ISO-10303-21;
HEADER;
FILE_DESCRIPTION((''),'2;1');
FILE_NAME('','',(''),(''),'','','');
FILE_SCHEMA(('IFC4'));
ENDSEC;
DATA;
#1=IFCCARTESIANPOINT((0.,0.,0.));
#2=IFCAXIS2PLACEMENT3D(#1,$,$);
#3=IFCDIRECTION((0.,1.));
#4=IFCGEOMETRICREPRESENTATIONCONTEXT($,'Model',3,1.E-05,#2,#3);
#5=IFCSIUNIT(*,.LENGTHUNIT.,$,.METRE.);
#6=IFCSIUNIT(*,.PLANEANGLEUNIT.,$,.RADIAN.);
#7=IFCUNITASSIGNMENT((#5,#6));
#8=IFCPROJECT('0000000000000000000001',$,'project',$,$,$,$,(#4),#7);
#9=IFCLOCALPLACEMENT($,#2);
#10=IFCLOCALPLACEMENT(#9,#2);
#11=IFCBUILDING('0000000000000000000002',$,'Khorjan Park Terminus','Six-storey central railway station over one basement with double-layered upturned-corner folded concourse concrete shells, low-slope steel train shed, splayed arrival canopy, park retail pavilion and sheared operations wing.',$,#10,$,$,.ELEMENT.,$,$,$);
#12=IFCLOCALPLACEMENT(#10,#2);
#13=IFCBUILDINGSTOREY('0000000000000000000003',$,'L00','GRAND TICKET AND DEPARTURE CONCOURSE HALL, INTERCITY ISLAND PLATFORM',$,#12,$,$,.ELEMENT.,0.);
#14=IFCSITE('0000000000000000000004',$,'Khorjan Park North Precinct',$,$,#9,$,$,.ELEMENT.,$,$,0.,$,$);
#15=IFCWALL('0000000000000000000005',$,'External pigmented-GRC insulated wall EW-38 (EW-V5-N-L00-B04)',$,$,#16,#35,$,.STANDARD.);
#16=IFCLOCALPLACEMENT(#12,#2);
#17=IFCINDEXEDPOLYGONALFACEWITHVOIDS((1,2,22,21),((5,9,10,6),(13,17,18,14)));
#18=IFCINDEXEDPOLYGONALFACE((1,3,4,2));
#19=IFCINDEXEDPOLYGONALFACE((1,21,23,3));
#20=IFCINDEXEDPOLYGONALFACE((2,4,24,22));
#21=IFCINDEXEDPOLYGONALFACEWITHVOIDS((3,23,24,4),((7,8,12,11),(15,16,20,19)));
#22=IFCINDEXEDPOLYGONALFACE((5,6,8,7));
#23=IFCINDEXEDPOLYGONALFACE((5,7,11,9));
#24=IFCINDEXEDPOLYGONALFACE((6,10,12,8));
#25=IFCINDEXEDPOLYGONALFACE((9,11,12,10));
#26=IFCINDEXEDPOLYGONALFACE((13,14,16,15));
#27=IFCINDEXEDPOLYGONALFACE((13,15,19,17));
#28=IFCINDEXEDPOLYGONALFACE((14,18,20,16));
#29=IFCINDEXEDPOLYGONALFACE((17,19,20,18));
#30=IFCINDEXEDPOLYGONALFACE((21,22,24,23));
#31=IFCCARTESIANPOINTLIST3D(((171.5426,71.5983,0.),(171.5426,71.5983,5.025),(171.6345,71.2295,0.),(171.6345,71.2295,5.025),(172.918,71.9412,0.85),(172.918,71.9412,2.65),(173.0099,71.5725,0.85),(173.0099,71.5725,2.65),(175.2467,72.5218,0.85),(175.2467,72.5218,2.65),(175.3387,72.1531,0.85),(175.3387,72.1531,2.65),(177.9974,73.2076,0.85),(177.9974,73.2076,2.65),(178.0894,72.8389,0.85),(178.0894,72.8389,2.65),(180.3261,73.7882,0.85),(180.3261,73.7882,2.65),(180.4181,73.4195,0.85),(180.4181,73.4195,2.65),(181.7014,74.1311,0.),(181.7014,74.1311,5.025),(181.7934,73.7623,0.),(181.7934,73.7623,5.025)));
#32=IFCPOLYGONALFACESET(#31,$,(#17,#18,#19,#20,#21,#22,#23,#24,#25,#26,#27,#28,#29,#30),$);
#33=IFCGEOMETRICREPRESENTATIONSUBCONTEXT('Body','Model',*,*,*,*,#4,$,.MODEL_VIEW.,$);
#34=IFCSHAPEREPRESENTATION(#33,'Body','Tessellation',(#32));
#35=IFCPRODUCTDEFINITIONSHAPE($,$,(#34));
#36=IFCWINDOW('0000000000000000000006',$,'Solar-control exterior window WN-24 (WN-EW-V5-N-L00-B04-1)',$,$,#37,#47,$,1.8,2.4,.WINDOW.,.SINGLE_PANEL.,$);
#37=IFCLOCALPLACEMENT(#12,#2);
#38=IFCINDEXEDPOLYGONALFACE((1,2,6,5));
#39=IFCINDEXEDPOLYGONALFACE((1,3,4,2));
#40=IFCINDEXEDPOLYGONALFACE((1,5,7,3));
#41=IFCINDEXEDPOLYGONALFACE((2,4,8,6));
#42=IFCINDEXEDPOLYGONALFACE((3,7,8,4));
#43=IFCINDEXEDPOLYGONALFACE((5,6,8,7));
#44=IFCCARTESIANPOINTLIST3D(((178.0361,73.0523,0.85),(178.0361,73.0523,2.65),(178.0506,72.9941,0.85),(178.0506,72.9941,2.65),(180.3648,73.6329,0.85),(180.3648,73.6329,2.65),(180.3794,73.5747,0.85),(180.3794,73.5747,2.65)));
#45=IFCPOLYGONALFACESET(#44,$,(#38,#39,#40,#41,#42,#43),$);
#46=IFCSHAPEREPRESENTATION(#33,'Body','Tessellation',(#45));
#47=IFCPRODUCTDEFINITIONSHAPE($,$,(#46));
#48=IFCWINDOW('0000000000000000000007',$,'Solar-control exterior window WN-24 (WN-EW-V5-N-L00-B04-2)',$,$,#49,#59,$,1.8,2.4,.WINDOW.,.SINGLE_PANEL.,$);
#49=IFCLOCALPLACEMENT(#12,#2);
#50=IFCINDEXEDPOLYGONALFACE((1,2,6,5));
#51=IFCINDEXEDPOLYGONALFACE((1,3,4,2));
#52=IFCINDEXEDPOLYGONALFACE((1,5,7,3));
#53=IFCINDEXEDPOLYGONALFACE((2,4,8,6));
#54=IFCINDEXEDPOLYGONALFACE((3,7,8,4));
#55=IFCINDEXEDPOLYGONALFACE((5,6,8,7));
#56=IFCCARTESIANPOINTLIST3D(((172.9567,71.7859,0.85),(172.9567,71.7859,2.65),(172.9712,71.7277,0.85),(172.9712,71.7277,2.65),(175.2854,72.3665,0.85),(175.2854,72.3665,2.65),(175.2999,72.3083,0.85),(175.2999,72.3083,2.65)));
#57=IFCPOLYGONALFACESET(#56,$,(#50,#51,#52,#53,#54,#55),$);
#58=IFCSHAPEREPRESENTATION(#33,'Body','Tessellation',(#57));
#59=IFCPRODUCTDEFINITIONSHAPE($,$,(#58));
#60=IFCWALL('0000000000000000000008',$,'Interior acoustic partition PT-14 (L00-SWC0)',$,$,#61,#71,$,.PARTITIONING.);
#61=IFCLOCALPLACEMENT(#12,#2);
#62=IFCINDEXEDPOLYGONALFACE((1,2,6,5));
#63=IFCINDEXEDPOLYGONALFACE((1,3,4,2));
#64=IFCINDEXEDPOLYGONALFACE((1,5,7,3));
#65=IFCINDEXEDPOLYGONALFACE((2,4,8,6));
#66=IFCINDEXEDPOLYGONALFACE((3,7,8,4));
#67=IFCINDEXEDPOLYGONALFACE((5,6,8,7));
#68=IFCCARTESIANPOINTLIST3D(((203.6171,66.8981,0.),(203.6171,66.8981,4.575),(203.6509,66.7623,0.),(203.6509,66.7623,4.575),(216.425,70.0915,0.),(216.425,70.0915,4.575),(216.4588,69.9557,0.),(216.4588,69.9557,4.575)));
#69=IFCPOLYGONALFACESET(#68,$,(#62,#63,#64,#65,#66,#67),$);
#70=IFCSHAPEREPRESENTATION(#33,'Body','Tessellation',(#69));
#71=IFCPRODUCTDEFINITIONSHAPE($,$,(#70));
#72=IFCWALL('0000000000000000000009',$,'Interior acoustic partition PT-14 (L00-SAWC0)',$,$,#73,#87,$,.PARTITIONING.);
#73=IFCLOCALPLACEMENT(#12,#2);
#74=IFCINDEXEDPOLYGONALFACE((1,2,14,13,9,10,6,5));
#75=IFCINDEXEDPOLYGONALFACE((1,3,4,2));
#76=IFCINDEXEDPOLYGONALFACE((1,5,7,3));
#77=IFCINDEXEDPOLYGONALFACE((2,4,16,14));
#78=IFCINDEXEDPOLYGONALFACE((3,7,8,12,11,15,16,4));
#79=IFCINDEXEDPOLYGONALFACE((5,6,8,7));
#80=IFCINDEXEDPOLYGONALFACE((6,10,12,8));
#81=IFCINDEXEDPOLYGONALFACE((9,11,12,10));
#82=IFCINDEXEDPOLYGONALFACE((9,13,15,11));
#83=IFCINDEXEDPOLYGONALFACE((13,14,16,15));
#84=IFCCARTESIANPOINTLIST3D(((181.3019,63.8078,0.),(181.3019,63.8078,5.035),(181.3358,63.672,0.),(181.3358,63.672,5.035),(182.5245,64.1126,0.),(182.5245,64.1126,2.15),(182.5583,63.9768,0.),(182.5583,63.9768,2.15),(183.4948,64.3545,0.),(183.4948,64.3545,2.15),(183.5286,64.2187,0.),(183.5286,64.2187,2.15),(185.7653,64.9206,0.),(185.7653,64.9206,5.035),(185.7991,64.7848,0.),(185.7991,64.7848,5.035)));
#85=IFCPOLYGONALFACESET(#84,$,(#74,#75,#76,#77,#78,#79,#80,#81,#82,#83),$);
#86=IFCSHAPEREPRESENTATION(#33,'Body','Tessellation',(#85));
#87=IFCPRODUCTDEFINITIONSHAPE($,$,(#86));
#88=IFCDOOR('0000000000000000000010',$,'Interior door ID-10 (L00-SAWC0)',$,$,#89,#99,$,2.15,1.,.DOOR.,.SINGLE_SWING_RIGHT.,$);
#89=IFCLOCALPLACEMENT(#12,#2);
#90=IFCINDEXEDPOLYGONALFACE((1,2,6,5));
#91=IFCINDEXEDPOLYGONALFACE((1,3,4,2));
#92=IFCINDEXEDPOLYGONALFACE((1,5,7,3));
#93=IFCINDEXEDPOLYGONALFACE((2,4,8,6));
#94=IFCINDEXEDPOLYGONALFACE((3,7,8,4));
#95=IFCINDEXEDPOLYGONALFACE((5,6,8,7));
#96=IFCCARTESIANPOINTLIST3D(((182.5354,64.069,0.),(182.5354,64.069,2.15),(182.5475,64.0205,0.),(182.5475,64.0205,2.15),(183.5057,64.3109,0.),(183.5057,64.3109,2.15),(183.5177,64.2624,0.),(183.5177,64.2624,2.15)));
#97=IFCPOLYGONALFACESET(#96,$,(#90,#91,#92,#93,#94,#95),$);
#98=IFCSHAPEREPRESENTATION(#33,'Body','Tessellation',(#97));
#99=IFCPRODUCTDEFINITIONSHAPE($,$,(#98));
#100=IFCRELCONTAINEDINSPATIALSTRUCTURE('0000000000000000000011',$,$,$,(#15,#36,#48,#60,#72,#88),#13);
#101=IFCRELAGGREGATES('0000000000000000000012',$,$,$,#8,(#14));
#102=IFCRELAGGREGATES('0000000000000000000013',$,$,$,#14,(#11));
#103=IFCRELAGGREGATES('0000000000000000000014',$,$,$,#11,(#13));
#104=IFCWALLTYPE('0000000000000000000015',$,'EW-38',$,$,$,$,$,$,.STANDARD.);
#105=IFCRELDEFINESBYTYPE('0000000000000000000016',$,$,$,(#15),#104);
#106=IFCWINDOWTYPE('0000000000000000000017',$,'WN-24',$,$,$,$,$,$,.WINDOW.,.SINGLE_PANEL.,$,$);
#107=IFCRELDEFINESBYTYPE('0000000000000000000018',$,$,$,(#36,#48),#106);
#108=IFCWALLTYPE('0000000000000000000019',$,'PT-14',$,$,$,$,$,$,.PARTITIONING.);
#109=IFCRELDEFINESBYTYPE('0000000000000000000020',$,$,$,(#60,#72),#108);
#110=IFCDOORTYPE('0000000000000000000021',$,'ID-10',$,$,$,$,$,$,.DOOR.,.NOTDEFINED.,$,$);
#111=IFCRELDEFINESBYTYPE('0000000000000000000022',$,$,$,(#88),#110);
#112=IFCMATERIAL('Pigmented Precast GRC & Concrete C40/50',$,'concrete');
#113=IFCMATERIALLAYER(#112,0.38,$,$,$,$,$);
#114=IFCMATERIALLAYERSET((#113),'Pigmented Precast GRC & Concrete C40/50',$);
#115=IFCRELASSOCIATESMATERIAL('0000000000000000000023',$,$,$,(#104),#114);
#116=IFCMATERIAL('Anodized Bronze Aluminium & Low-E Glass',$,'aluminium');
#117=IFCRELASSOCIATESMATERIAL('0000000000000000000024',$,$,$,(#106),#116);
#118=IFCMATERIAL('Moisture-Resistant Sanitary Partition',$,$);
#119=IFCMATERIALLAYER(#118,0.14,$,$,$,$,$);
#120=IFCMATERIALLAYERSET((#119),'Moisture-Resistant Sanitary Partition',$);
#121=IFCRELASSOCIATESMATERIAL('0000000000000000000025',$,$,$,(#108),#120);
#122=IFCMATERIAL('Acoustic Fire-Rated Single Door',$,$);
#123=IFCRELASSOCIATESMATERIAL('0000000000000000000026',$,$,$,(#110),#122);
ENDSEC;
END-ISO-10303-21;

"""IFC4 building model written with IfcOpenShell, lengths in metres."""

from ifc_helpers import new_model, si_unit, direction, frame, frame_2d, origin, place, context, subcontext, project, spatial, rectangle, extrude, material, layer, layer_set, type_object, element, fill, save


model = new_model("IFC4")

# Units and contexts
model_context = context("Model", 3, precision=1e-05, world=origin(), true_north=direction((0.0, 1.0)))
body_context = subcontext(model_context, "Body", "Model", "MODEL_VIEW")
ifc_project = project(units=[si_unit("LENGTHUNIT", "METRE"), si_unit("PLANEANGLEUNIT", "RADIAN")], contexts=[model_context])

# Site, building, storey
site_placement = place(None, origin())
site = spatial("IfcSite", under=ifc_project, at=site_placement, Name="Khorjan Park North Precinct", CompositionType="ELEMENT", RefElevation=0.0)
building_placement = place(site_placement, origin())
building = spatial("IfcBuilding", under=site, at=building_placement, Name="Khorjan Park Terminus", Description="Six-storey central railway station over one basement with double-layered upturned-corner folded concourse concrete shells, low-slope steel train shed, splayed arrival canopy, park retail pavilion and sheared operations wing.", CompositionType="ELEMENT")
storey_placement = place(building_placement, origin())
storey = spatial("IfcBuildingStorey", under=building, at=storey_placement, Name="L00", Description="GRAND TICKET AND DEPARTURE CONCOURSE HALL, INTERCITY ISLAND PLATFORM", CompositionType="ELEMENT", Elevation=0.0)

# Wall, openings, windows
ifc_material_1 = material(Name="Pigmented Precast GRC & Concrete C40/50", Category="concrete")
ifc_layer_1 = layer(ifc_material_1, 0.38)
ifc_layer_set_1 = layer_set([ifc_layer_1], Name="Pigmented Precast GRC & Concrete C40/50")
wall_type_1 = type_object("IfcWallType", Name="EW-38", PredefinedType="STANDARD", material=ifc_layer_set_1)
ifc_material_2 = material(Name="Anodized Bronze Aluminium & Low-E Glass", Category="aluminium")
window_type = type_object("IfcWindowType", Name="WN-24", PartitioningType="SINGLE_PANEL", PredefinedType="WINDOW", material=ifc_material_2)
wall_1_placement = place(storey_placement, frame((181.7474, 73.9467, 0.0), z_axis=(0.0, 0.0, 1.0), x_axis=(-0.970297, -0.241915, 0.0)))
wall_1 = element("IfcWall", 1, at=wall_1_placement, inside=storey, type_object=wall_type_1, Name="External pigmented-GRC insulated wall EW-38 (EW-V5-N-L00-B04)", PredefinedType="STANDARD", context=body_context, shape_type="SweptSolid", body=[
    extrude(rectangle(XDim=10.4698, YDim=0.38, at=frame_2d((5.2349, 0.0))), origin(), (0.0, 0.0, 1.0), 5.025),
])
opening_1_placement = place(wall_1_placement, frame((1.4174, 0.0, 0.85)))
opening_1 = element("IfcOpeningElement", 2, at=opening_1_placement, cuts=wall_1, PredefinedType="OPENING", context=body_context, shape_type="SweptSolid", body=[
    extrude(rectangle(XDim=2.4, YDim=1.8, at=frame_2d((1.2, 0.9))), frame((0.0, 0.2, 0.0), z_axis=(0.0, -1.0, 0.0), x_axis=(1.0, 0.0, 0.0)), (0.0, 0.0, 1.0), 0.4),
])
opening_2_placement = place(wall_1_placement, frame((6.6523, 0.0, 0.85)))
opening_2 = element("IfcOpeningElement", 3, at=opening_2_placement, cuts=wall_1, PredefinedType="OPENING", context=body_context, shape_type="SweptSolid", body=[
    extrude(rectangle(XDim=2.4, YDim=1.8, at=frame_2d((1.2, 0.9))), frame((0.0, 0.2, 0.0), z_axis=(0.0, -1.0, 0.0), x_axis=(1.0, 0.0, 0.0)), (0.0, 0.0, 1.0), 0.4),
])
window_1_placement = place(opening_1_placement, origin())
window_1 = element("IfcWindow", 4, at=window_1_placement, inside=storey, type_object=window_type, Name="Solar-control exterior window WN-24 (WN-EW-V5-N-L00-B04-1)", OverallHeight=1.8, OverallWidth=2.4, PartitioningType="SINGLE_PANEL", PredefinedType="WINDOW", context=body_context, shape_type="SweptSolid", body=[
    extrude(rectangle(XDim=2.4, YDim=1.8, at=frame_2d((1.2, 0.9))), frame((0.0, 0.03, 0.0), z_axis=(0.0, -1.0, 0.0), x_axis=(1.0, 0.0, 0.0)), (0.0, 0.0, 1.0), 0.06),
])
fill(opening_1, window_1)
window_2_placement = place(opening_2_placement, origin())
window_2 = element("IfcWindow", 5, at=window_2_placement, inside=storey, type_object=window_type, Name="Solar-control exterior window WN-24 (WN-EW-V5-N-L00-B04-2)", OverallHeight=1.8, OverallWidth=2.4, PartitioningType="SINGLE_PANEL", PredefinedType="WINDOW", context=body_context, shape_type="SweptSolid", body=[
    extrude(rectangle(XDim=2.4, YDim=1.8, at=frame_2d((1.2, 0.9))), frame((0.0, 0.03, 0.0), z_axis=(0.0, -1.0, 0.0), x_axis=(1.0, 0.0, 0.0)), (0.0, 0.0, 1.0), 0.06),
])
fill(opening_2, window_2)

# Wall
ifc_material_3 = material(Name="Moisture-Resistant Sanitary Partition")
ifc_layer_2 = layer(ifc_material_3, 0.14)
ifc_layer_set_2 = layer_set([ifc_layer_2], Name="Moisture-Resistant Sanitary Partition")
wall_type_2 = type_object("IfcWallType", Name="PT-14", PredefinedType="PARTITIONING", material=ifc_layer_set_2)
wall_2_placement = place(storey_placement, frame((203.634, 66.8302, 0.0), z_axis=(0.0, 0.0, 1.0), x_axis=(0.970295, 0.241924, 0.0)))
element("IfcWall", 6, at=wall_2_placement, inside=storey, type_object=wall_type_2, Name="Interior acoustic partition PT-14 (L00-SWC0)", PredefinedType="PARTITIONING", context=body_context, shape_type="SweptSolid", body=[
    extrude(rectangle(XDim=13.2, YDim=0.14, at=frame_2d((6.6, 0.0))), origin(), (0.0, 0.0, 1.0), 4.575),
])

# Wall, opening, door
wall_3_placement = place(storey_placement, frame((185.7822, 64.8527, 0.0), z_axis=(0.0, 0.0, 1.0), x_axis=(-0.970298, -0.241912, 0.0)))
wall_3 = element("IfcWall", 7, at=wall_3_placement, inside=storey, type_object=wall_type_2, Name="Interior acoustic partition PT-14 (L00-SAWC0)", PredefinedType="PARTITIONING", context=body_context, shape_type="SweptSolid", body=[
    extrude(rectangle(XDim=4.6, YDim=0.14, at=frame_2d((2.3, 0.0))), origin(), (0.0, 0.0, 1.0), 5.035),
])
opening_3_placement = place(wall_3_placement, frame((2.34, 0.0, 0.0)))
opening_3 = element("IfcOpeningElement", 8, at=opening_3_placement, cuts=wall_3, PredefinedType="OPENING", context=body_context, shape_type="SweptSolid", body=[
    extrude(rectangle(XDim=1.0, YDim=2.15, at=frame_2d((0.5, 1.075))), frame((0.0, 0.08, 0.0), z_axis=(0.0, -1.0, 0.0), x_axis=(1.0, 0.0, 0.0)), (0.0, 0.0, 1.0), 0.16),
])
ifc_material_4 = material(Name="Acoustic Fire-Rated Single Door")
door_type = type_object("IfcDoorType", Name="ID-10", OperationType="NOTDEFINED", PredefinedType="DOOR", material=ifc_material_4)
door_placement = place(opening_3_placement, origin())
door = element("IfcDoor", 9, at=door_placement, inside=storey, type_object=door_type, Name="Interior door ID-10 (L00-SAWC0)", OperationType="SINGLE_SWING_RIGHT", OverallHeight=2.15, OverallWidth=1.0, PredefinedType="DOOR", context=body_context, shape_type="SweptSolid", body=[
    extrude(rectangle(XDim=1.0, YDim=2.15, at=frame_2d((0.5, 1.075))), frame((0.0, 0.025, 0.0), z_axis=(0.0, -1.0, 0.0), x_axis=(1.0, 0.0, 0.0)), (0.0, 0.0, 1.0), 0.05),
])
fill(opening_3, door)

save(model, "model.ifc")
